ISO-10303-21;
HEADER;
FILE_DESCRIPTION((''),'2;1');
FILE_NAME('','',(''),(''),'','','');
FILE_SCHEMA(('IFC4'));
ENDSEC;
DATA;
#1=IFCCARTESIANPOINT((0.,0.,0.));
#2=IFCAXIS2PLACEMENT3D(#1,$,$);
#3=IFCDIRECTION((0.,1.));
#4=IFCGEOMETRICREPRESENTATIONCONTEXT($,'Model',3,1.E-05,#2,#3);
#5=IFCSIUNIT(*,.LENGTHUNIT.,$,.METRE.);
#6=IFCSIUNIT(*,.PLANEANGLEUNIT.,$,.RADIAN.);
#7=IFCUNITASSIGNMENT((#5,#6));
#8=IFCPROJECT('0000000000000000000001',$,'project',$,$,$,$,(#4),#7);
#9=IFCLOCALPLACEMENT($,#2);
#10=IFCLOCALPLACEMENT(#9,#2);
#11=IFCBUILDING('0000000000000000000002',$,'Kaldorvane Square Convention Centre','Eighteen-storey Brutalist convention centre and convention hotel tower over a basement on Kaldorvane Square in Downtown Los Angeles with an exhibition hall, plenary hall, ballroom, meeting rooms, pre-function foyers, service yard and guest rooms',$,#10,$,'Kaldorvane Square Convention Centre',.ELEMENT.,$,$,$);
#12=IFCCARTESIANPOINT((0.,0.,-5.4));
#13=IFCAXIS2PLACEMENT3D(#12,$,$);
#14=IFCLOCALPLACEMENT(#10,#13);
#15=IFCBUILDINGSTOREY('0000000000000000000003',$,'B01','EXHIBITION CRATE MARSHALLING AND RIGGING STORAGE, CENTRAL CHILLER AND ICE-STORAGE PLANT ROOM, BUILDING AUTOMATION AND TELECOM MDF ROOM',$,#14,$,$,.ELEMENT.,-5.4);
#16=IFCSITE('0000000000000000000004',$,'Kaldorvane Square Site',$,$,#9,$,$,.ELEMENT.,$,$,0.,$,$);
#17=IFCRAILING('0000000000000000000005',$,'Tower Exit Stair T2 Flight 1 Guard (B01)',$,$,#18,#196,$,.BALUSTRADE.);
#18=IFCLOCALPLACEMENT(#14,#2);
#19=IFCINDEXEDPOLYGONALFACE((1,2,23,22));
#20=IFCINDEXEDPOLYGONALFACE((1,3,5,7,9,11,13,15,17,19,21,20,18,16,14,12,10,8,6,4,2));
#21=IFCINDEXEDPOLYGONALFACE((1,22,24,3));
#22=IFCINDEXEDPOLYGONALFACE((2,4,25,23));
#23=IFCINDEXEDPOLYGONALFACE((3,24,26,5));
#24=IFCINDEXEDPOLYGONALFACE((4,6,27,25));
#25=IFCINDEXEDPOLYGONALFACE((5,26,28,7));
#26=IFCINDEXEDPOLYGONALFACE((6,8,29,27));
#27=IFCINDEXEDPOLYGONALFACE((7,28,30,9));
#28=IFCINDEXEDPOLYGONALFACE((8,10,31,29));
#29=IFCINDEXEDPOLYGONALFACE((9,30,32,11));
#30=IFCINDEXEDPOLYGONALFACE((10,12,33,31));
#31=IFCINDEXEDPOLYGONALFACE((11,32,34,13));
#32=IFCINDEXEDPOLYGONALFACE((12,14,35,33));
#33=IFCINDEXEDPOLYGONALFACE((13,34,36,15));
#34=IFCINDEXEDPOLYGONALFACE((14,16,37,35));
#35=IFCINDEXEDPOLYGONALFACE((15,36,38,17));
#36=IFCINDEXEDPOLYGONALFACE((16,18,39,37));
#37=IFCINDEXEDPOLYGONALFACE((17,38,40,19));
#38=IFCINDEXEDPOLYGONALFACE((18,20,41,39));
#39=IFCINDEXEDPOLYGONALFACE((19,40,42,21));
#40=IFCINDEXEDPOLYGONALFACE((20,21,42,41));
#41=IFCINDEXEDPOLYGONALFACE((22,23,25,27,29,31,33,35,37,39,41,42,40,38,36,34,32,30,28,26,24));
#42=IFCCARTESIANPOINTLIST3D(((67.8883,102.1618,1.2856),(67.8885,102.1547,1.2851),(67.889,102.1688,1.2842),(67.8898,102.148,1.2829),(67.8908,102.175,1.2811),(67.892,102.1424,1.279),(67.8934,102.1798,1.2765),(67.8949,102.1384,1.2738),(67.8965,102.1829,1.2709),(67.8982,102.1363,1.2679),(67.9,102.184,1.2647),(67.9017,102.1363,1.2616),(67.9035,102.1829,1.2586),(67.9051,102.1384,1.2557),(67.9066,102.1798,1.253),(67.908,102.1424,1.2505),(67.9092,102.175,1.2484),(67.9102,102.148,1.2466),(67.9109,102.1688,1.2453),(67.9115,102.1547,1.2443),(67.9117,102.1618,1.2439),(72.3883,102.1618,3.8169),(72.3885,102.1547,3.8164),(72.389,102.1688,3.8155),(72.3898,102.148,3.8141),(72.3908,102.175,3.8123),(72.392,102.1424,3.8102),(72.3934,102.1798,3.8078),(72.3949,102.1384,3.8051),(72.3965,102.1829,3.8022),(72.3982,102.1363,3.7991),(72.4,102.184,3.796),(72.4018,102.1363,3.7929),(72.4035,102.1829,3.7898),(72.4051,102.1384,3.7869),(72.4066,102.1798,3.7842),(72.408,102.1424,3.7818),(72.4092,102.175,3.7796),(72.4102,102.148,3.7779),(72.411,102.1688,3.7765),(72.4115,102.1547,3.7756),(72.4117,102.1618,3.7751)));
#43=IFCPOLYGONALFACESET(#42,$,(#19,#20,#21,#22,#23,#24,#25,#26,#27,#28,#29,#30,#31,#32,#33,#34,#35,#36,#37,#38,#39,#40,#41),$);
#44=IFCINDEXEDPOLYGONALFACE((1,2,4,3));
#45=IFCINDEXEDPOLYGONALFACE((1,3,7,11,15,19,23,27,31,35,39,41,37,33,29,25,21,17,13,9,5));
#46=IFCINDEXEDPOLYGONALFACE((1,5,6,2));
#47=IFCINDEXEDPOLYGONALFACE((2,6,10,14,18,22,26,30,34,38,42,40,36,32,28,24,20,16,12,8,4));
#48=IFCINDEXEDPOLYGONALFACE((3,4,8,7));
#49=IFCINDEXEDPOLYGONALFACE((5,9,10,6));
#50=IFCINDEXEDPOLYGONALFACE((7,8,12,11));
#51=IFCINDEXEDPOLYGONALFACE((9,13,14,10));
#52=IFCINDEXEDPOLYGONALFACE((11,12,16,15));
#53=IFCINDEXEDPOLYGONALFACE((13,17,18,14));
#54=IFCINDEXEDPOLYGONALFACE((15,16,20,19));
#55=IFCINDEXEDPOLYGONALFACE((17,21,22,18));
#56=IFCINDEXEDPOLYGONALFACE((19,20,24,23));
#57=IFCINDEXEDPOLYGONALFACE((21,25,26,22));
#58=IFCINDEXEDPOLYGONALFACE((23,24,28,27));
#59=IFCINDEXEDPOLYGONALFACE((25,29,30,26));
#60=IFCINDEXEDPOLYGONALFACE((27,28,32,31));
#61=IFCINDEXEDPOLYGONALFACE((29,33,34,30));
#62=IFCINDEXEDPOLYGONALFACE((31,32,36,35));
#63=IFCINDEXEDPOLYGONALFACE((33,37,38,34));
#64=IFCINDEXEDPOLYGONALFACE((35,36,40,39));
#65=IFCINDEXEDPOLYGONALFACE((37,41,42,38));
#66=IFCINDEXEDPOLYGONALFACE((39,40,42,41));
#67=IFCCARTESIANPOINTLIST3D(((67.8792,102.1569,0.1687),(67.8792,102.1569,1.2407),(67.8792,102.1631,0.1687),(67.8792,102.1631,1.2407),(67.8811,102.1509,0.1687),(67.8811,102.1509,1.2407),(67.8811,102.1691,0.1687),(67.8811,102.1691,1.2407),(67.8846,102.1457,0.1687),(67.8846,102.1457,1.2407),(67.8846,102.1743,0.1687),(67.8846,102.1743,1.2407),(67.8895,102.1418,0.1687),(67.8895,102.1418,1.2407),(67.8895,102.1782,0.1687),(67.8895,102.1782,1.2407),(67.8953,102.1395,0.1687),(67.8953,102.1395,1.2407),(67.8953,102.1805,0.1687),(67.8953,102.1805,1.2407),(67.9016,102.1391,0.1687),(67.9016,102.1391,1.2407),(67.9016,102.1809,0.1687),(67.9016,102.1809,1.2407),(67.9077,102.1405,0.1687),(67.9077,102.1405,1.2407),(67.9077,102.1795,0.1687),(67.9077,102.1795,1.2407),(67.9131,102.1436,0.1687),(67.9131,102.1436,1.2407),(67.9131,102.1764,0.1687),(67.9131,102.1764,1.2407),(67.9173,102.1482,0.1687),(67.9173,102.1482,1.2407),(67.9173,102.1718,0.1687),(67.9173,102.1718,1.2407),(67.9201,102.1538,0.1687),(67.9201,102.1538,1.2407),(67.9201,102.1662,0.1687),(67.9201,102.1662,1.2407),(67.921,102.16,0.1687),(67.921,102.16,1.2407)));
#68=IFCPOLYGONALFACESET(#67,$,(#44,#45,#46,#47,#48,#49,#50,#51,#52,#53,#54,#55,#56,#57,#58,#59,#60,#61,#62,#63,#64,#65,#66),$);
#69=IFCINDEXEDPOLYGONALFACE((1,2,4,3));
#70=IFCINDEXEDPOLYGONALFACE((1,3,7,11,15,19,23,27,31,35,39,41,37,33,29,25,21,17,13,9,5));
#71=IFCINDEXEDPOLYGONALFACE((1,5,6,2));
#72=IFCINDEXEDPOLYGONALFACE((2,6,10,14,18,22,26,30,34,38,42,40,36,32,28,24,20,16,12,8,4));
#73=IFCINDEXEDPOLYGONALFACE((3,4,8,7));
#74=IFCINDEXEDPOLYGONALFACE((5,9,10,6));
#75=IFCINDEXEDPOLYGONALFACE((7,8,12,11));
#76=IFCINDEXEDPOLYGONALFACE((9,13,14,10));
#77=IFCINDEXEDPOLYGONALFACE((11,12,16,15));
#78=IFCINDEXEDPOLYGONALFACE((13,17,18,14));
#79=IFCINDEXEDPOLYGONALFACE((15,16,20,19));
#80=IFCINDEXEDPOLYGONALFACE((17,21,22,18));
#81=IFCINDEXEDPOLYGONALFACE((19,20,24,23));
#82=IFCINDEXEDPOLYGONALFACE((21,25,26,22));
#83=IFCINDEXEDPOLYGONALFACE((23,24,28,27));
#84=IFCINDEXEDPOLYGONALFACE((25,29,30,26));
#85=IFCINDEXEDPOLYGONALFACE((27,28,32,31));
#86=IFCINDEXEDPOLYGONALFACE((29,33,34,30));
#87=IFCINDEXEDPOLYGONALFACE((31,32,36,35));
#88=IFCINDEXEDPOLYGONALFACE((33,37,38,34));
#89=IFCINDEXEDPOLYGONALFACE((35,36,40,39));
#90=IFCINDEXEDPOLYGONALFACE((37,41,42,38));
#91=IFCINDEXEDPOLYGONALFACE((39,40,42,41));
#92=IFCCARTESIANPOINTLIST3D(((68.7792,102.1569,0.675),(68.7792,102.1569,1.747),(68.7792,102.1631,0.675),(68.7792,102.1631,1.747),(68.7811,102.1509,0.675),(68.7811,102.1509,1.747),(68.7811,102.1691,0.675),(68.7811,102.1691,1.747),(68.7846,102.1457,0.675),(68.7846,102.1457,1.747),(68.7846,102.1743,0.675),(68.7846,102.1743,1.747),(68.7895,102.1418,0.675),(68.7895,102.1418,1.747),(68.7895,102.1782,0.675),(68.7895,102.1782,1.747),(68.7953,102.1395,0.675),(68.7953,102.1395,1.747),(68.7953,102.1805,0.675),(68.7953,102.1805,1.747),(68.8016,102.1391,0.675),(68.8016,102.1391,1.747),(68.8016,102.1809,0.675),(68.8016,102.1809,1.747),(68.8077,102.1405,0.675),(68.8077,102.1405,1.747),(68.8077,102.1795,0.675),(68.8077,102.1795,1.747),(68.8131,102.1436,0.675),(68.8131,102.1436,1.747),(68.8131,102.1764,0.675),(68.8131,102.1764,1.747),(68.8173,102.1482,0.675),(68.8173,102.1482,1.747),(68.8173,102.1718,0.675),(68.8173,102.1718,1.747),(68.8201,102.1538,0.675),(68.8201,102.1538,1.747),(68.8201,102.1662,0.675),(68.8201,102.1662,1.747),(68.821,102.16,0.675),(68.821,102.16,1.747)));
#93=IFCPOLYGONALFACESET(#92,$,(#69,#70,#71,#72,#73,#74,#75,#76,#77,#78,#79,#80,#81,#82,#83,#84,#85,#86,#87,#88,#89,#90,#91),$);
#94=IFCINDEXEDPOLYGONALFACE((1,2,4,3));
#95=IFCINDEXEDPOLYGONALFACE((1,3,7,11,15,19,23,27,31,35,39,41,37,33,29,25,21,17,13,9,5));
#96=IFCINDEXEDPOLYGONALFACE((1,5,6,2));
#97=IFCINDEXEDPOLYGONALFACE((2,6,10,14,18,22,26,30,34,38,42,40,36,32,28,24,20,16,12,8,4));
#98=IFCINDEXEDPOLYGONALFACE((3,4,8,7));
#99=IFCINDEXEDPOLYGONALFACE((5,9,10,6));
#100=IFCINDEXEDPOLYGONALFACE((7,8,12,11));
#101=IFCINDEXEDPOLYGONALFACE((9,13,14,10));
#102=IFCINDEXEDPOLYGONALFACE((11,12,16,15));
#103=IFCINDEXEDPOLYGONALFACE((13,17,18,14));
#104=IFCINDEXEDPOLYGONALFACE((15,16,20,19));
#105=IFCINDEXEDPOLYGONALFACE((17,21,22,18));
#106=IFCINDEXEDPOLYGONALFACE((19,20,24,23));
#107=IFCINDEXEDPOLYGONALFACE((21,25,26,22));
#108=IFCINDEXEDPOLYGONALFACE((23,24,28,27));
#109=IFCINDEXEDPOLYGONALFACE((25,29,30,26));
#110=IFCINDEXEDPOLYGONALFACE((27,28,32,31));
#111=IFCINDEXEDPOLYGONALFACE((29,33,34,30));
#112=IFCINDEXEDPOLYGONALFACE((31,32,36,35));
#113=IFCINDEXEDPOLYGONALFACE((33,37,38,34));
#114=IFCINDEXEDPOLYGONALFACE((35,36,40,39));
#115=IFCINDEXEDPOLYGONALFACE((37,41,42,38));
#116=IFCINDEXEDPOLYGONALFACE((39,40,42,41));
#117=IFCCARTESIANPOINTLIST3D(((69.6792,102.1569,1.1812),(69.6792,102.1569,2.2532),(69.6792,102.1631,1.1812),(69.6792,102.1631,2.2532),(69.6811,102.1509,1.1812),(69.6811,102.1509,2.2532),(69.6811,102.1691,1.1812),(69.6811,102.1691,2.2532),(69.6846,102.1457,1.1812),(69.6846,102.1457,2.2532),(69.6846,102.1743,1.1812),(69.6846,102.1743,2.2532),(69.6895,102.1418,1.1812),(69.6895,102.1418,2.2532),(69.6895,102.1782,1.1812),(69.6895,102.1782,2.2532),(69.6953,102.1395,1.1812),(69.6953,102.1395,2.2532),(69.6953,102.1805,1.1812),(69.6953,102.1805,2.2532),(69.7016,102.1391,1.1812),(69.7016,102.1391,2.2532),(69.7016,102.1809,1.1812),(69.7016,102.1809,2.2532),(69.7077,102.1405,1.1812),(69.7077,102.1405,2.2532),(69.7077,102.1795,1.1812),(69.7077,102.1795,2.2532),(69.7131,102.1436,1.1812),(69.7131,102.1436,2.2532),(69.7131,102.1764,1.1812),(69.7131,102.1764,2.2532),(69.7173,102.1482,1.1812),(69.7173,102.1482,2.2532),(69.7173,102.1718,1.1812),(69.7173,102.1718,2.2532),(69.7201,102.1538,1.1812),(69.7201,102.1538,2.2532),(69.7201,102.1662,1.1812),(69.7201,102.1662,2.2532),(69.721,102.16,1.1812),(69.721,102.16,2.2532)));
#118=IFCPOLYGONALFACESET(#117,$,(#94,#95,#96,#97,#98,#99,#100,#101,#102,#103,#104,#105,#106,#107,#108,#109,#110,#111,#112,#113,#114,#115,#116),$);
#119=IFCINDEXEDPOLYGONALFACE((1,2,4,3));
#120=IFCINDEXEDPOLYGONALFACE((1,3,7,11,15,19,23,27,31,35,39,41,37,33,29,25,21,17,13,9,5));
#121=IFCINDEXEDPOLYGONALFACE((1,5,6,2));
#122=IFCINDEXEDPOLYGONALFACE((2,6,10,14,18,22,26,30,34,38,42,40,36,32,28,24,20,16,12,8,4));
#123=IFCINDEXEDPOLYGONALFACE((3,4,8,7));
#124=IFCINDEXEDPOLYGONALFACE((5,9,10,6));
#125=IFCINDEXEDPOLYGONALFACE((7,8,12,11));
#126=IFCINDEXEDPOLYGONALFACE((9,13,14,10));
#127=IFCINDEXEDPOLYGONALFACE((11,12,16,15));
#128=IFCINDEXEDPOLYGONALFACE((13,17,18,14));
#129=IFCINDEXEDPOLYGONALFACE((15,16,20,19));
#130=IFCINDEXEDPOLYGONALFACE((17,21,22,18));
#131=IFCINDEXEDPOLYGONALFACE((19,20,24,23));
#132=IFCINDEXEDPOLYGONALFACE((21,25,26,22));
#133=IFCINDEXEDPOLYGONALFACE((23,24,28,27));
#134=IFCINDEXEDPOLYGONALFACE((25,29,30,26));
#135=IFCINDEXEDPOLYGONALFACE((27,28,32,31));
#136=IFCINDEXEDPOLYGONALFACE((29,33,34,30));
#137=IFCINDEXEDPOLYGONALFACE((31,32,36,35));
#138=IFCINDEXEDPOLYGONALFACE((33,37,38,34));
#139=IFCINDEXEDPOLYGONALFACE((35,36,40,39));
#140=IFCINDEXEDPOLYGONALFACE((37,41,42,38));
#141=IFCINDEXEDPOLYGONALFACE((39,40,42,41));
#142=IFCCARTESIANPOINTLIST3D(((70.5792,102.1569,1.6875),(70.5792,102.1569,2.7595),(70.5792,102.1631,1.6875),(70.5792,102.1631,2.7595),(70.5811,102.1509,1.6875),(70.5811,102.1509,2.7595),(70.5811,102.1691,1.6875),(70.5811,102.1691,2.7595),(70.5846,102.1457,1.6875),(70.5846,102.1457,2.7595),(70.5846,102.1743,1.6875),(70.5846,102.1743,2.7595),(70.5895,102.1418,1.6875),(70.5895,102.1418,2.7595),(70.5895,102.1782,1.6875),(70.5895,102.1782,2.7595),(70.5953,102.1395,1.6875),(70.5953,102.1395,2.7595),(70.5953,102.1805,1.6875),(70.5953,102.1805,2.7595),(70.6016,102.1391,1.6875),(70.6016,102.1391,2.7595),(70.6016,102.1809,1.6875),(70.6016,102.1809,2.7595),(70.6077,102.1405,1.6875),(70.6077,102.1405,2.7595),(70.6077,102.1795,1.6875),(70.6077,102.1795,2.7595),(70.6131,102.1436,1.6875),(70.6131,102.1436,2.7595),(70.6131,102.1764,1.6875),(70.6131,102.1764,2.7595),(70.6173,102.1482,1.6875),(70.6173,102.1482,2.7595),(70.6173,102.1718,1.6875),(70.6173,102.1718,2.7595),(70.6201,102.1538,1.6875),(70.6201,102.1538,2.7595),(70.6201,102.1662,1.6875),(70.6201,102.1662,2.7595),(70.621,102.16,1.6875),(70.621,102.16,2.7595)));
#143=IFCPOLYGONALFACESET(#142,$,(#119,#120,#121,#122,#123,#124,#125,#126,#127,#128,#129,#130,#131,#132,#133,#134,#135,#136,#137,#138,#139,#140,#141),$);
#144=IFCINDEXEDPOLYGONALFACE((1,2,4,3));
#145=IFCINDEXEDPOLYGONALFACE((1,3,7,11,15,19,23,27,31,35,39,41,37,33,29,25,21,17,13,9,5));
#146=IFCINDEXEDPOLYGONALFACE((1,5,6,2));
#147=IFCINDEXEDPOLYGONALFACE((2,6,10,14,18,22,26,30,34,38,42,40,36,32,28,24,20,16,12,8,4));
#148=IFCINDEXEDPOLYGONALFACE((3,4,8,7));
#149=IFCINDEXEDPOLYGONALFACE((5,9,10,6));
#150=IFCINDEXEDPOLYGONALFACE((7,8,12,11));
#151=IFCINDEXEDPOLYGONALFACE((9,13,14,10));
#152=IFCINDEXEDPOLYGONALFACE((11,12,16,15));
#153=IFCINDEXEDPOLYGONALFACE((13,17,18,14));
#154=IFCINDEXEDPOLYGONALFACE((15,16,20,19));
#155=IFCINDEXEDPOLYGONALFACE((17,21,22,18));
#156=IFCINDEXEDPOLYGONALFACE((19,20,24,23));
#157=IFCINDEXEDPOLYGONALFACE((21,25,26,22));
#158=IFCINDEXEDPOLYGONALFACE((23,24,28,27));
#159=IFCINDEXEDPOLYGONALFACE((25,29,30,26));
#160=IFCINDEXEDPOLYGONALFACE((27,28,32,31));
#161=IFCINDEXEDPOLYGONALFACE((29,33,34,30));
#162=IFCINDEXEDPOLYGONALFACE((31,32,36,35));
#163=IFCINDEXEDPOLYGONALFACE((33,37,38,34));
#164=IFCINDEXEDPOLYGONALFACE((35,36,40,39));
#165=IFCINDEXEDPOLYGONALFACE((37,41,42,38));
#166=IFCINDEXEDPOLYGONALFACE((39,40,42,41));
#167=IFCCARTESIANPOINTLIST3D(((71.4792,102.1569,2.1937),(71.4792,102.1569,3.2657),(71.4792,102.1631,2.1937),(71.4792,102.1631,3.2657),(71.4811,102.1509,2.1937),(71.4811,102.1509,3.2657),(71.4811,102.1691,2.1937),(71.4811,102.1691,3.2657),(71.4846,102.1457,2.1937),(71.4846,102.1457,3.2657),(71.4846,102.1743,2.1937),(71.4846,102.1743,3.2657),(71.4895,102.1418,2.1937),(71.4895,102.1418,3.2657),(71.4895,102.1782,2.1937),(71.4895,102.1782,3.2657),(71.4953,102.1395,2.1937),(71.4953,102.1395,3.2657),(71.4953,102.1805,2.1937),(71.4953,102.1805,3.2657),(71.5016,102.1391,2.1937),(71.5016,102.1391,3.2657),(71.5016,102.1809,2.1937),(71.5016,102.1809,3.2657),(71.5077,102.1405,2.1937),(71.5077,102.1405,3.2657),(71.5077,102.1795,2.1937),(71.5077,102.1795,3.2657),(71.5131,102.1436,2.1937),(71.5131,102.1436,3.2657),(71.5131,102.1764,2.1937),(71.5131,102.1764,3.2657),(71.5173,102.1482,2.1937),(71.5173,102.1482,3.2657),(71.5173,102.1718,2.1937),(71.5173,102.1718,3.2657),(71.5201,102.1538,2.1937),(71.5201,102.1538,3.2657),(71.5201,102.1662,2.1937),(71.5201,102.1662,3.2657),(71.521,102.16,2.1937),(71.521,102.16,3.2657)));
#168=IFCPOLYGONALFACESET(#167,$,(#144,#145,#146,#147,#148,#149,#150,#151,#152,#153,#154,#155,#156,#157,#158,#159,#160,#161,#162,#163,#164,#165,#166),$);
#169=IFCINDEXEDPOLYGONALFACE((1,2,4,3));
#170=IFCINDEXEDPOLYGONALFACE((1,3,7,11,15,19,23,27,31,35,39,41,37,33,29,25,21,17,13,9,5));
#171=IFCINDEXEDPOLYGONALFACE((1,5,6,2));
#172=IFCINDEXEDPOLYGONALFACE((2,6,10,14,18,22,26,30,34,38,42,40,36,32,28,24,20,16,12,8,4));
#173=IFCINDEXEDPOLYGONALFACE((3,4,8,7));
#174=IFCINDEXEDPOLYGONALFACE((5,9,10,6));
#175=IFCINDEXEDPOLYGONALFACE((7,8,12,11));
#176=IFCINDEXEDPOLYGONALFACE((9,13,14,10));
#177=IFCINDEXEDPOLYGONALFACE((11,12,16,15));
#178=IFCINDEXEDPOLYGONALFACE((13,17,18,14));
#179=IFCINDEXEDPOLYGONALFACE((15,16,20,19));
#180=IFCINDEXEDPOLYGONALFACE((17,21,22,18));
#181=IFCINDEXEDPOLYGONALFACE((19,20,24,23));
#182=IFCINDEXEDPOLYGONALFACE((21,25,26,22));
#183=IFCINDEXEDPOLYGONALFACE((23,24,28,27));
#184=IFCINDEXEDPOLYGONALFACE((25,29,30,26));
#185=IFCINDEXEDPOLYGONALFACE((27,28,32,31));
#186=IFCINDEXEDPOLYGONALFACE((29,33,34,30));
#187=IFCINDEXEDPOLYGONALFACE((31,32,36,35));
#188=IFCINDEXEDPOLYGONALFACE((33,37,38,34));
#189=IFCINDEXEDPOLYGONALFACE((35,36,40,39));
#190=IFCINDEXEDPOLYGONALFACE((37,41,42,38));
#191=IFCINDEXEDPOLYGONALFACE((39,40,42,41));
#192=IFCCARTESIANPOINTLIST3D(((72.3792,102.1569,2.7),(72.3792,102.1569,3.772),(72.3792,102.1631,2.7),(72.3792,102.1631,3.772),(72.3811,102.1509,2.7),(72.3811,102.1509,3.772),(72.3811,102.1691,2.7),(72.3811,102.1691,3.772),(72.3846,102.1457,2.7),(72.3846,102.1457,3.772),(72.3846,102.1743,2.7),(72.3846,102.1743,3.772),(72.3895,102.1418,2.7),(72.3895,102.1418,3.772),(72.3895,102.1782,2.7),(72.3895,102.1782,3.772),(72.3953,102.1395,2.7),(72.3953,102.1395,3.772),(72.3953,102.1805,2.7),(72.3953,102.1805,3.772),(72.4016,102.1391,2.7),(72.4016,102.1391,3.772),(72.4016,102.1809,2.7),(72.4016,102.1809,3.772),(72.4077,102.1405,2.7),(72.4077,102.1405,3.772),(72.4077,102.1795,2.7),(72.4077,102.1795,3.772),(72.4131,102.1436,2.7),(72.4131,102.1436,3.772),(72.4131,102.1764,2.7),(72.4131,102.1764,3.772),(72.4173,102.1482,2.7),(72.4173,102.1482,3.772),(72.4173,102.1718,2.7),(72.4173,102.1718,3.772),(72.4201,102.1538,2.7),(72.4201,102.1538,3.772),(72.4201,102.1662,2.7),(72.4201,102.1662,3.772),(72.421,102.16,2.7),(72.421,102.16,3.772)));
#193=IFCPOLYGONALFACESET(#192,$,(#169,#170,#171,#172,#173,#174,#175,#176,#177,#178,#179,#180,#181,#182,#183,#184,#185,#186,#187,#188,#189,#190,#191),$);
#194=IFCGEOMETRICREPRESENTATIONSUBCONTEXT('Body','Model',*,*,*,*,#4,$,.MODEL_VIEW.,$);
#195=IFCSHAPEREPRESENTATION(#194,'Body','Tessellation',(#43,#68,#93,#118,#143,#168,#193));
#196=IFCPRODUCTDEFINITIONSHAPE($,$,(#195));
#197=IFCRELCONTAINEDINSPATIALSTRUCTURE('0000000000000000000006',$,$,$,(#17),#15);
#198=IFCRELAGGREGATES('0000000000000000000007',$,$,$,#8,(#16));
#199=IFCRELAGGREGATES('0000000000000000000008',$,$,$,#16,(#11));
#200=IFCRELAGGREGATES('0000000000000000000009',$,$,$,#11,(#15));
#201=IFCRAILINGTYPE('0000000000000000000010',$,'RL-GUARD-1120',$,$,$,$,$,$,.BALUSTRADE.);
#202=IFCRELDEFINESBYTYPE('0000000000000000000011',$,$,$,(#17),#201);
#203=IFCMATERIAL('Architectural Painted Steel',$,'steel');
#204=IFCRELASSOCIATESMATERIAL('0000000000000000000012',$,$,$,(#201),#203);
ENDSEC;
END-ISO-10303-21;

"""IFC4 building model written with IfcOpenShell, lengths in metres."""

from ifc_helpers import new_model, si_unit, direction, frame, origin, origin_2d, place, context, subcontext, project, spatial, circle, extrude, material, type_object, element, save


model = new_model("IFC4")

# Units and contexts
model_context = context("Model", 3, precision=1e-05, world=origin(), true_north=direction((0.0, 1.0)))
body_context = subcontext(model_context, "Body", "Model", "MODEL_VIEW")
ifc_project = project(units=[si_unit("LENGTHUNIT", "METRE"), si_unit("PLANEANGLEUNIT", "RADIAN")], contexts=[model_context])

# Site, building, storey
site_placement = place(None, origin())
site = spatial("IfcSite", under=ifc_project, at=site_placement, Name="Kaldorvane Square Site", CompositionType="ELEMENT", RefElevation=0.0)
building_placement = place(site_placement, origin())
building = spatial("IfcBuilding", under=site, at=building_placement, Name="Kaldorvane Square Convention Centre", Description="Eighteen-storey Brutalist convention centre and convention hotel tower over a basement on Kaldorvane Square in Downtown Los Angeles with an exhibition hall, plenary hall, ballroom, meeting rooms, pre-function foyers, service yard and guest rooms", LongName="Kaldorvane Square Convention Centre", CompositionType="ELEMENT")
storey_placement = place(building_placement, frame((0.0, 0.0, -5.4)))
storey = spatial("IfcBuildingStorey", under=building, at=storey_placement, Name="B01", Description="EXHIBITION CRATE MARSHALLING AND RIGGING STORAGE, CENTRAL CHILLER AND ICE-STORAGE PLANT ROOM, BUILDING AUTOMATION AND TELECOM MDF ROOM", CompositionType="ELEMENT", Elevation=-5.4)

# Railing
ifc_material_1 = material(Name="Architectural Painted Steel", Category="steel")
railing_type_1 = type_object("IfcRailingType", Name="RL-GUARD-1120", PredefinedType="BALUSTRADE", material=ifc_material_1)
railing_1_placement = place(storey_placement, frame((67.9, 102.16, 0.1687)))
element("IfcRailing", 1, at=railing_1_placement, inside=storey, type_object=railing_type_1, Name="Tower Exit Stair T2 Flight 1 Guard (B01)", PredefinedType="BALUSTRADE", context=body_context, shape_type="SweptSolid", body=[
    extrude(circle(Radius=0.024, at=origin_2d()), frame((0.0, 0.0, 1.096), z_axis=(0.871576, 0.0, 0.490261), x_axis=(0.0, 1.0, 0.0)), (0.0, 0.0, 1.0), 5.1631),
    extrude(circle(Radius=0.021, at=origin_2d()), origin(), (0.0, 0.0, 1.0), 1.072),
    extrude(circle(Radius=0.021, at=origin_2d()), frame((0.9, 0.0, 0.5063)), (0.0, 0.0, 1.0), 1.072),
    extrude(circle(Radius=0.021, at=origin_2d()), frame((1.8, 0.0, 1.0125)), (0.0, 0.0, 1.0), 1.072),
    extrude(circle(Radius=0.021, at=origin_2d()), frame((2.7, 0.0, 1.5188)), (0.0, 0.0, 1.0), 1.072),
    extrude(circle(Radius=0.021, at=origin_2d()), frame((3.6, 0.0, 2.025)), (0.0, 0.0, 1.0), 1.072),
    extrude(circle(Radius=0.021, at=origin_2d()), frame((4.5, 0.0, 2.5312)), (0.0, 0.0, 1.0), 1.072),
])

save(model, "model.ifc")
